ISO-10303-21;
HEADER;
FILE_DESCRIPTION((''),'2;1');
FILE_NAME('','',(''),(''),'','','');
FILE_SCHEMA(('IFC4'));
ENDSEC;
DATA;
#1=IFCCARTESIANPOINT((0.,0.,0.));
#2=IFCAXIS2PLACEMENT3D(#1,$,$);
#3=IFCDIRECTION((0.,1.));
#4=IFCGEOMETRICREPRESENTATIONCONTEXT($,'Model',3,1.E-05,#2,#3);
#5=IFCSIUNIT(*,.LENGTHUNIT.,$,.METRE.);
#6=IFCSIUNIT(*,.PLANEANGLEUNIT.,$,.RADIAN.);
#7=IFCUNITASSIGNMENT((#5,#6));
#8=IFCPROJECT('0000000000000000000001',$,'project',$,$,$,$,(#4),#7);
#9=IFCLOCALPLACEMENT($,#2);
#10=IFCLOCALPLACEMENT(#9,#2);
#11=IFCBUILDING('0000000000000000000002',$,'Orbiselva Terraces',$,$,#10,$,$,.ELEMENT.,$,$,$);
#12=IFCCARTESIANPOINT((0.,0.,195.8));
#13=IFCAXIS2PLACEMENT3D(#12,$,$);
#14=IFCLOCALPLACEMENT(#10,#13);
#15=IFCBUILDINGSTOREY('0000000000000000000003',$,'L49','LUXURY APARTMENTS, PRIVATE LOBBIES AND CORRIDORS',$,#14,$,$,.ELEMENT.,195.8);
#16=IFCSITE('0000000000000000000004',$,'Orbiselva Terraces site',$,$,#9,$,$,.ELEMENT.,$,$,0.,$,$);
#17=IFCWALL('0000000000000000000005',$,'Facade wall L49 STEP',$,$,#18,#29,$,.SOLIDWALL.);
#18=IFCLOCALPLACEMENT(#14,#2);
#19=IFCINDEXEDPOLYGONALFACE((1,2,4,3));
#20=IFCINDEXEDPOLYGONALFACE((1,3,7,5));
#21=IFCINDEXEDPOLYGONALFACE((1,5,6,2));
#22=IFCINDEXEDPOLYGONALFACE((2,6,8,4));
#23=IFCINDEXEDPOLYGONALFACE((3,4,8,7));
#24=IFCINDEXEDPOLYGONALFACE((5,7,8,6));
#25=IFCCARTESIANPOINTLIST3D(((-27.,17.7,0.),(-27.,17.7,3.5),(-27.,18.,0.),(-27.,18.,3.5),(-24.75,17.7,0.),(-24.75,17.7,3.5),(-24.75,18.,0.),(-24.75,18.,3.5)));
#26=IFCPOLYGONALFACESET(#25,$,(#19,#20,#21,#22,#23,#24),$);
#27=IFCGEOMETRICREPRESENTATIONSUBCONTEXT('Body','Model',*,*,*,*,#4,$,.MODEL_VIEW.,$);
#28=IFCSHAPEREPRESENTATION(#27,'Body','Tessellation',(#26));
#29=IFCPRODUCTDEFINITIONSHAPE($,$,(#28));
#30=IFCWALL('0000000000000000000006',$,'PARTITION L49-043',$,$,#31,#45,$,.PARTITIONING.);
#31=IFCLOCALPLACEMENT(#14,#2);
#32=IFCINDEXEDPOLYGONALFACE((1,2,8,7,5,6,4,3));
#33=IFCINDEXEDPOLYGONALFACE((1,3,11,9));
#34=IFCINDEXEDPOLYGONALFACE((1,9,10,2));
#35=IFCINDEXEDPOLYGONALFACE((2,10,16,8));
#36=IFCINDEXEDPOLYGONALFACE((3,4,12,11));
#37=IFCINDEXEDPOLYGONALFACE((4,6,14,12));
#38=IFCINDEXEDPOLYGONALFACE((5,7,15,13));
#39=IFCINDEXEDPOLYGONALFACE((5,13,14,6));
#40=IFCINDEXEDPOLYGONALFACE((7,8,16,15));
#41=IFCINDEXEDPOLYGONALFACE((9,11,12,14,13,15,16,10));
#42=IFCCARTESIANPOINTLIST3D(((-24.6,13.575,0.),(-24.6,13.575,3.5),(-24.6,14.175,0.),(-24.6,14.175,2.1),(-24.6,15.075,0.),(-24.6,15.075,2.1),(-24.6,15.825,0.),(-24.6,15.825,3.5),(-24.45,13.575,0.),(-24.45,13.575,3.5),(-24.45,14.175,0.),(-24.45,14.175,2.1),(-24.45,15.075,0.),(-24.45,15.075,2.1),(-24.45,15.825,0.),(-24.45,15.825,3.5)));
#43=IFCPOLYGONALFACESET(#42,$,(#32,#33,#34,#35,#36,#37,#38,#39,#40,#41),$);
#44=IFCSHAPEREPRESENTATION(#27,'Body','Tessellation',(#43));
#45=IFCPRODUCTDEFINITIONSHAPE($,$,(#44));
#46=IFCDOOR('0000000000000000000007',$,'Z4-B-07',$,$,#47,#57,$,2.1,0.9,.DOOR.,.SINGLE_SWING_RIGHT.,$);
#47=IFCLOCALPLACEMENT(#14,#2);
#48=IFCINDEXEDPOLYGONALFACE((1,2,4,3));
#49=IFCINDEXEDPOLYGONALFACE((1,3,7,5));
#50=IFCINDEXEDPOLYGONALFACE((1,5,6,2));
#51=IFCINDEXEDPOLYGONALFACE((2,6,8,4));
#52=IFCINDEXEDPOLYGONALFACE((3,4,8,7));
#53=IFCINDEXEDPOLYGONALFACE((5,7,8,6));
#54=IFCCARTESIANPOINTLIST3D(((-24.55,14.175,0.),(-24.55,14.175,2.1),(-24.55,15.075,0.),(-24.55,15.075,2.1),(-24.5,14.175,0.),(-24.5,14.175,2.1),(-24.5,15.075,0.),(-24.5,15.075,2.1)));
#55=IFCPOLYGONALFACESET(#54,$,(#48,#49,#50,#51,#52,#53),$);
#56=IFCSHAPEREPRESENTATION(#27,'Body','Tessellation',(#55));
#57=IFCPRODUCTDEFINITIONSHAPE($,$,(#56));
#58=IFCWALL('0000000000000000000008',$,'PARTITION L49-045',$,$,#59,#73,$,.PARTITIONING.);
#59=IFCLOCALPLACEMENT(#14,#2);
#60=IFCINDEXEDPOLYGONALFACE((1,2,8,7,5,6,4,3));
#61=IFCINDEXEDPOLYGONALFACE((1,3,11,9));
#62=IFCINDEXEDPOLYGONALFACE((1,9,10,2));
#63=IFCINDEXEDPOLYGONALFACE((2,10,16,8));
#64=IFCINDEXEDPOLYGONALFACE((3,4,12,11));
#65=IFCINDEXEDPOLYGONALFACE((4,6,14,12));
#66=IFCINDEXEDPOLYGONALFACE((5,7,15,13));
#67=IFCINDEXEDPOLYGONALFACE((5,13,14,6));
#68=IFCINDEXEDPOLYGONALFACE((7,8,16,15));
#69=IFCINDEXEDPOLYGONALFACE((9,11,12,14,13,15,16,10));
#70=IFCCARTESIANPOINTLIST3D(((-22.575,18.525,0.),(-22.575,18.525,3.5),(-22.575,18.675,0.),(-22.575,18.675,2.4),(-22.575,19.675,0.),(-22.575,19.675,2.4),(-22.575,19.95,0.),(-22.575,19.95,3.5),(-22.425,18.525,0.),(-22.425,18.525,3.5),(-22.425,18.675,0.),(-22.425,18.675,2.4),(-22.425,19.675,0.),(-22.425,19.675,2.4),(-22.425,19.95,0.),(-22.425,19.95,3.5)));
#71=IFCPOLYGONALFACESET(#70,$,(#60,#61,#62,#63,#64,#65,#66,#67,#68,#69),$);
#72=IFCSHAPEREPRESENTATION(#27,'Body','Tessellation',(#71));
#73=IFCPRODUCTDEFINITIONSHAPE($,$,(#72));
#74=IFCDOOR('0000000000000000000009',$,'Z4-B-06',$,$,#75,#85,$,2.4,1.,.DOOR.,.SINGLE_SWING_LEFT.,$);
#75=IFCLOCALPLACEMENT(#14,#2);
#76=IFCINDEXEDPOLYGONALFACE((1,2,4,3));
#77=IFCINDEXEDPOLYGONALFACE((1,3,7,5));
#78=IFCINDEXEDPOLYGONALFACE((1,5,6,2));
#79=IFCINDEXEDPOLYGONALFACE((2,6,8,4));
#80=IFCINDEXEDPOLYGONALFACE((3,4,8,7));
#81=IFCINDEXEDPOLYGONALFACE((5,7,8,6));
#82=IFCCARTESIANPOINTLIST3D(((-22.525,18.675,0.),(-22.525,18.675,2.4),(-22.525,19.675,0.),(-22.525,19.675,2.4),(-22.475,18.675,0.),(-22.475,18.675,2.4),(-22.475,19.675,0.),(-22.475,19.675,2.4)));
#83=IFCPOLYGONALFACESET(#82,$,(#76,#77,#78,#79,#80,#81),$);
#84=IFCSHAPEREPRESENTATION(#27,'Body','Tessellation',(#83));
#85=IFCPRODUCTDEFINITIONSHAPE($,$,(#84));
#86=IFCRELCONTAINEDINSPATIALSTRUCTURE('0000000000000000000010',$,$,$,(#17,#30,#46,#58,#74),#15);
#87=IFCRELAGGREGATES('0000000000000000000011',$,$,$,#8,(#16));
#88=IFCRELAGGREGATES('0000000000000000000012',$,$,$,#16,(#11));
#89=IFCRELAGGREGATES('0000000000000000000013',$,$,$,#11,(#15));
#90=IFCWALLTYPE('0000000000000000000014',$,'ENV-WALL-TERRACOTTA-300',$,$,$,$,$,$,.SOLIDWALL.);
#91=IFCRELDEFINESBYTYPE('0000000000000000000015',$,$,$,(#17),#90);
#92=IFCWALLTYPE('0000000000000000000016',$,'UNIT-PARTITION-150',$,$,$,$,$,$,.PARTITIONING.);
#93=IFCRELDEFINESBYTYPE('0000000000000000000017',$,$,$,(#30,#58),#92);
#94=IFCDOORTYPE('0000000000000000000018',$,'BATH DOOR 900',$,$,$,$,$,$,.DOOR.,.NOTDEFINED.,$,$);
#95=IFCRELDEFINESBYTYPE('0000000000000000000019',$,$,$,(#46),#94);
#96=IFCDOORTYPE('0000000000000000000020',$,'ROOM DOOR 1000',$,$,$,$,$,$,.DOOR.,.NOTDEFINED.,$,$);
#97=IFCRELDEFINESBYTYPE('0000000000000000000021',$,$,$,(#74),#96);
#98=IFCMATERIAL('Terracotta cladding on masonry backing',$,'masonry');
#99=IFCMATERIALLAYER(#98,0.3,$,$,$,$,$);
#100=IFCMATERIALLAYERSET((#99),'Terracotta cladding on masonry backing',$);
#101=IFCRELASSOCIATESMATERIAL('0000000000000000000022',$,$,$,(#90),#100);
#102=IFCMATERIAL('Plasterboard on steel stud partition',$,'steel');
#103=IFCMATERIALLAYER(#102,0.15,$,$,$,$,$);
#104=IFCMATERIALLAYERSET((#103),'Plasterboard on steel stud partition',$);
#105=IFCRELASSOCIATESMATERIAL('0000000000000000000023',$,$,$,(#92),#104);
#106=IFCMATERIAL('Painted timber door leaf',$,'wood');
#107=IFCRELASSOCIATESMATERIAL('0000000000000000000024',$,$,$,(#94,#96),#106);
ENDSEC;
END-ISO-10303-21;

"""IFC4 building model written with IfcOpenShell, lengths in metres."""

from ifc_helpers import new_model, si_unit, direction, frame, frame_2d, origin, place, context, subcontext, project, spatial, rectangle, extrude, material, layer, layer_set, type_object, element, fill, save


model = new_model("IFC4")

# Units and contexts
model_context = context("Model", 3, precision=1e-05, world=origin(), true_north=direction((0.0, 1.0)))
body_context = subcontext(model_context, "Body", "Model", "MODEL_VIEW")
ifc_project = project(units=[si_unit("LENGTHUNIT", "METRE"), si_unit("PLANEANGLEUNIT", "RADIAN")], contexts=[model_context])

# Site, building, storey
site_placement = place(None, origin())
site = spatial("IfcSite", under=ifc_project, at=site_placement, Name="Orbiselva Terraces site", CompositionType="ELEMENT", RefElevation=0.0)
building_placement = place(site_placement, origin())
building = spatial("IfcBuilding", under=site, at=building_placement, Name="Orbiselva Terraces", CompositionType="ELEMENT")
storey_placement = place(building_placement, frame((0.0, 0.0, 195.8)))
storey = spatial("IfcBuildingStorey", under=building, at=storey_placement, Name="L49", Description="LUXURY APARTMENTS, PRIVATE LOBBIES AND CORRIDORS", CompositionType="ELEMENT", Elevation=195.8)

# Shared definitions
ifc_material_1 = material(Name="Terracotta cladding on masonry backing", Category="masonry")
ifc_layer_1 = layer(ifc_material_1, 0.3)
ifc_layer_set_1 = layer_set([ifc_layer_1], Name="Terracotta cladding on masonry backing")
wall_type_1 = type_object("IfcWallType", Name="ENV-WALL-TERRACOTTA-300", PredefinedType="SOLIDWALL", material=ifc_layer_set_1)

# Wall
wall_1_placement = place(storey_placement, frame((-27.0, 17.85, 0.0), z_axis=(0.0, 0.0, 1.0), x_axis=(1.0, 0.0, 0.0)))
element("IfcWall", 1, at=wall_1_placement, inside=storey, type_object=wall_type_1, Name="Facade wall L49 STEP", PredefinedType="SOLIDWALL", context=body_context, shape_type="SweptSolid", body=[
    extrude(rectangle(XDim=2.25, YDim=0.3, at=frame_2d((1.125, 0.0))), origin(), (0.0, 0.0, 1.0), 3.5),
])

# Walls, openings, doors
ifc_material_2 = material(Name="Plasterboard on steel stud partition", Category="steel")
ifc_layer_2 = layer(ifc_material_2, 0.15)
ifc_layer_set_2 = layer_set([ifc_layer_2], Name="Plasterboard on steel stud partition")
wall_type_2 = type_object("IfcWallType", Name="UNIT-PARTITION-150", PredefinedType="PARTITIONING", material=ifc_layer_set_2)
wall_2_placement = place(storey_placement, frame((-24.525, 15.825, 0.0), z_axis=(0.0, 0.0, 1.0), x_axis=(0.0, -1.0, 0.0)))
wall_2 = element("IfcWall", 2, at=wall_2_placement, inside=storey, type_object=wall_type_2, Name="PARTITION L49-043", PredefinedType="PARTITIONING", context=body_context, shape_type="SweptSolid", body=[
    extrude(rectangle(XDim=2.25, YDim=0.15, at=frame_2d((1.125, 0.0))), origin(), (0.0, 0.0, 1.0), 3.5),
])
opening_1_placement = place(wall_2_placement, frame((0.75, 0.0, 0.0)))
opening_1 = element("IfcOpeningElement", 3, at=opening_1_placement, cuts=wall_2, PredefinedType="OPENING", context=body_context, shape_type="SweptSolid", body=[
    extrude(rectangle(XDim=0.9, YDim=2.1, at=frame_2d((0.45, 1.05))), frame((0.0, 0.085, 0.0), z_axis=(0.0, -1.0, 0.0), x_axis=(1.0, 0.0, 0.0)), (0.0, 0.0, 1.0), 0.17),
])
ifc_material_3 = material(Name="Painted timber door leaf", Category="wood")
door_type_1 = type_object("IfcDoorType", Name="BATH DOOR 900", OperationType="NOTDEFINED", PredefinedType="DOOR", material=ifc_material_3)
door_1_placement = place(opening_1_placement, origin())
door_1 = element("IfcDoor", 4, at=door_1_placement, inside=storey, type_object=door_type_1, Name="Z4-B-07", OperationType="SINGLE_SWING_RIGHT", OverallHeight=2.1, OverallWidth=0.9, PredefinedType="DOOR", context=body_context, shape_type="SweptSolid", body=[
    extrude(rectangle(XDim=0.9, YDim=2.1, at=frame_2d((0.45, 1.05))), frame((0.0, 0.025, 0.0), z_axis=(0.0, -1.0, 0.0), x_axis=(1.0, 0.0, 0.0)), (0.0, 0.0, 1.0), 0.05),
])
fill(opening_1, door_1)
wall_3_placement = place(storey_placement, frame((-22.5, 18.525, 0.0), z_axis=(0.0, 0.0, 1.0), x_axis=(0.0, 1.0, 0.0)))
wall_3 = element("IfcWall", 5, at=wall_3_placement, inside=storey, type_object=wall_type_2, Name="PARTITION L49-045", PredefinedType="PARTITIONING", context=body_context, shape_type="SweptSolid", body=[
    extrude(rectangle(XDim=1.425, YDim=0.15, at=frame_2d((0.7125, 0.0))), origin(), (0.0, 0.0, 1.0), 3.5),
])
opening_2_placement = place(wall_3_placement, frame((0.15, 0.0, 0.0)))
opening_2 = element("IfcOpeningElement", 6, at=opening_2_placement, cuts=wall_3, PredefinedType="OPENING", context=body_context, shape_type="SweptSolid", body=[
    extrude(rectangle(XDim=1.0, YDim=2.4, at=frame_2d((0.5, 1.2))), frame((0.0, 0.085, 0.0), z_axis=(0.0, -1.0, 0.0), x_axis=(1.0, 0.0, 0.0)), (0.0, 0.0, 1.0), 0.17),
])
door_type_2 = type_object("IfcDoorType", Name="ROOM DOOR 1000", OperationType="NOTDEFINED", PredefinedType="DOOR", material=ifc_material_3)
door_2_placement = place(opening_2_placement, origin())
door_2 = element("IfcDoor", 7, at=door_2_placement, inside=storey, type_object=door_type_2, Name="Z4-B-06", OperationType="SINGLE_SWING_LEFT", OverallHeight=2.4, OverallWidth=1.0, PredefinedType="DOOR", context=body_context, shape_type="SweptSolid", body=[
    extrude(rectangle(XDim=1.0, YDim=2.4, at=frame_2d((0.5, 1.2))), frame((0.0, 0.025, 0.0), z_axis=(0.0, -1.0, 0.0), x_axis=(1.0, 0.0, 0.0)), (0.0, 0.0, 1.0), 0.05),
])
fill(opening_2, door_2)

save(model, "model.ifc")
